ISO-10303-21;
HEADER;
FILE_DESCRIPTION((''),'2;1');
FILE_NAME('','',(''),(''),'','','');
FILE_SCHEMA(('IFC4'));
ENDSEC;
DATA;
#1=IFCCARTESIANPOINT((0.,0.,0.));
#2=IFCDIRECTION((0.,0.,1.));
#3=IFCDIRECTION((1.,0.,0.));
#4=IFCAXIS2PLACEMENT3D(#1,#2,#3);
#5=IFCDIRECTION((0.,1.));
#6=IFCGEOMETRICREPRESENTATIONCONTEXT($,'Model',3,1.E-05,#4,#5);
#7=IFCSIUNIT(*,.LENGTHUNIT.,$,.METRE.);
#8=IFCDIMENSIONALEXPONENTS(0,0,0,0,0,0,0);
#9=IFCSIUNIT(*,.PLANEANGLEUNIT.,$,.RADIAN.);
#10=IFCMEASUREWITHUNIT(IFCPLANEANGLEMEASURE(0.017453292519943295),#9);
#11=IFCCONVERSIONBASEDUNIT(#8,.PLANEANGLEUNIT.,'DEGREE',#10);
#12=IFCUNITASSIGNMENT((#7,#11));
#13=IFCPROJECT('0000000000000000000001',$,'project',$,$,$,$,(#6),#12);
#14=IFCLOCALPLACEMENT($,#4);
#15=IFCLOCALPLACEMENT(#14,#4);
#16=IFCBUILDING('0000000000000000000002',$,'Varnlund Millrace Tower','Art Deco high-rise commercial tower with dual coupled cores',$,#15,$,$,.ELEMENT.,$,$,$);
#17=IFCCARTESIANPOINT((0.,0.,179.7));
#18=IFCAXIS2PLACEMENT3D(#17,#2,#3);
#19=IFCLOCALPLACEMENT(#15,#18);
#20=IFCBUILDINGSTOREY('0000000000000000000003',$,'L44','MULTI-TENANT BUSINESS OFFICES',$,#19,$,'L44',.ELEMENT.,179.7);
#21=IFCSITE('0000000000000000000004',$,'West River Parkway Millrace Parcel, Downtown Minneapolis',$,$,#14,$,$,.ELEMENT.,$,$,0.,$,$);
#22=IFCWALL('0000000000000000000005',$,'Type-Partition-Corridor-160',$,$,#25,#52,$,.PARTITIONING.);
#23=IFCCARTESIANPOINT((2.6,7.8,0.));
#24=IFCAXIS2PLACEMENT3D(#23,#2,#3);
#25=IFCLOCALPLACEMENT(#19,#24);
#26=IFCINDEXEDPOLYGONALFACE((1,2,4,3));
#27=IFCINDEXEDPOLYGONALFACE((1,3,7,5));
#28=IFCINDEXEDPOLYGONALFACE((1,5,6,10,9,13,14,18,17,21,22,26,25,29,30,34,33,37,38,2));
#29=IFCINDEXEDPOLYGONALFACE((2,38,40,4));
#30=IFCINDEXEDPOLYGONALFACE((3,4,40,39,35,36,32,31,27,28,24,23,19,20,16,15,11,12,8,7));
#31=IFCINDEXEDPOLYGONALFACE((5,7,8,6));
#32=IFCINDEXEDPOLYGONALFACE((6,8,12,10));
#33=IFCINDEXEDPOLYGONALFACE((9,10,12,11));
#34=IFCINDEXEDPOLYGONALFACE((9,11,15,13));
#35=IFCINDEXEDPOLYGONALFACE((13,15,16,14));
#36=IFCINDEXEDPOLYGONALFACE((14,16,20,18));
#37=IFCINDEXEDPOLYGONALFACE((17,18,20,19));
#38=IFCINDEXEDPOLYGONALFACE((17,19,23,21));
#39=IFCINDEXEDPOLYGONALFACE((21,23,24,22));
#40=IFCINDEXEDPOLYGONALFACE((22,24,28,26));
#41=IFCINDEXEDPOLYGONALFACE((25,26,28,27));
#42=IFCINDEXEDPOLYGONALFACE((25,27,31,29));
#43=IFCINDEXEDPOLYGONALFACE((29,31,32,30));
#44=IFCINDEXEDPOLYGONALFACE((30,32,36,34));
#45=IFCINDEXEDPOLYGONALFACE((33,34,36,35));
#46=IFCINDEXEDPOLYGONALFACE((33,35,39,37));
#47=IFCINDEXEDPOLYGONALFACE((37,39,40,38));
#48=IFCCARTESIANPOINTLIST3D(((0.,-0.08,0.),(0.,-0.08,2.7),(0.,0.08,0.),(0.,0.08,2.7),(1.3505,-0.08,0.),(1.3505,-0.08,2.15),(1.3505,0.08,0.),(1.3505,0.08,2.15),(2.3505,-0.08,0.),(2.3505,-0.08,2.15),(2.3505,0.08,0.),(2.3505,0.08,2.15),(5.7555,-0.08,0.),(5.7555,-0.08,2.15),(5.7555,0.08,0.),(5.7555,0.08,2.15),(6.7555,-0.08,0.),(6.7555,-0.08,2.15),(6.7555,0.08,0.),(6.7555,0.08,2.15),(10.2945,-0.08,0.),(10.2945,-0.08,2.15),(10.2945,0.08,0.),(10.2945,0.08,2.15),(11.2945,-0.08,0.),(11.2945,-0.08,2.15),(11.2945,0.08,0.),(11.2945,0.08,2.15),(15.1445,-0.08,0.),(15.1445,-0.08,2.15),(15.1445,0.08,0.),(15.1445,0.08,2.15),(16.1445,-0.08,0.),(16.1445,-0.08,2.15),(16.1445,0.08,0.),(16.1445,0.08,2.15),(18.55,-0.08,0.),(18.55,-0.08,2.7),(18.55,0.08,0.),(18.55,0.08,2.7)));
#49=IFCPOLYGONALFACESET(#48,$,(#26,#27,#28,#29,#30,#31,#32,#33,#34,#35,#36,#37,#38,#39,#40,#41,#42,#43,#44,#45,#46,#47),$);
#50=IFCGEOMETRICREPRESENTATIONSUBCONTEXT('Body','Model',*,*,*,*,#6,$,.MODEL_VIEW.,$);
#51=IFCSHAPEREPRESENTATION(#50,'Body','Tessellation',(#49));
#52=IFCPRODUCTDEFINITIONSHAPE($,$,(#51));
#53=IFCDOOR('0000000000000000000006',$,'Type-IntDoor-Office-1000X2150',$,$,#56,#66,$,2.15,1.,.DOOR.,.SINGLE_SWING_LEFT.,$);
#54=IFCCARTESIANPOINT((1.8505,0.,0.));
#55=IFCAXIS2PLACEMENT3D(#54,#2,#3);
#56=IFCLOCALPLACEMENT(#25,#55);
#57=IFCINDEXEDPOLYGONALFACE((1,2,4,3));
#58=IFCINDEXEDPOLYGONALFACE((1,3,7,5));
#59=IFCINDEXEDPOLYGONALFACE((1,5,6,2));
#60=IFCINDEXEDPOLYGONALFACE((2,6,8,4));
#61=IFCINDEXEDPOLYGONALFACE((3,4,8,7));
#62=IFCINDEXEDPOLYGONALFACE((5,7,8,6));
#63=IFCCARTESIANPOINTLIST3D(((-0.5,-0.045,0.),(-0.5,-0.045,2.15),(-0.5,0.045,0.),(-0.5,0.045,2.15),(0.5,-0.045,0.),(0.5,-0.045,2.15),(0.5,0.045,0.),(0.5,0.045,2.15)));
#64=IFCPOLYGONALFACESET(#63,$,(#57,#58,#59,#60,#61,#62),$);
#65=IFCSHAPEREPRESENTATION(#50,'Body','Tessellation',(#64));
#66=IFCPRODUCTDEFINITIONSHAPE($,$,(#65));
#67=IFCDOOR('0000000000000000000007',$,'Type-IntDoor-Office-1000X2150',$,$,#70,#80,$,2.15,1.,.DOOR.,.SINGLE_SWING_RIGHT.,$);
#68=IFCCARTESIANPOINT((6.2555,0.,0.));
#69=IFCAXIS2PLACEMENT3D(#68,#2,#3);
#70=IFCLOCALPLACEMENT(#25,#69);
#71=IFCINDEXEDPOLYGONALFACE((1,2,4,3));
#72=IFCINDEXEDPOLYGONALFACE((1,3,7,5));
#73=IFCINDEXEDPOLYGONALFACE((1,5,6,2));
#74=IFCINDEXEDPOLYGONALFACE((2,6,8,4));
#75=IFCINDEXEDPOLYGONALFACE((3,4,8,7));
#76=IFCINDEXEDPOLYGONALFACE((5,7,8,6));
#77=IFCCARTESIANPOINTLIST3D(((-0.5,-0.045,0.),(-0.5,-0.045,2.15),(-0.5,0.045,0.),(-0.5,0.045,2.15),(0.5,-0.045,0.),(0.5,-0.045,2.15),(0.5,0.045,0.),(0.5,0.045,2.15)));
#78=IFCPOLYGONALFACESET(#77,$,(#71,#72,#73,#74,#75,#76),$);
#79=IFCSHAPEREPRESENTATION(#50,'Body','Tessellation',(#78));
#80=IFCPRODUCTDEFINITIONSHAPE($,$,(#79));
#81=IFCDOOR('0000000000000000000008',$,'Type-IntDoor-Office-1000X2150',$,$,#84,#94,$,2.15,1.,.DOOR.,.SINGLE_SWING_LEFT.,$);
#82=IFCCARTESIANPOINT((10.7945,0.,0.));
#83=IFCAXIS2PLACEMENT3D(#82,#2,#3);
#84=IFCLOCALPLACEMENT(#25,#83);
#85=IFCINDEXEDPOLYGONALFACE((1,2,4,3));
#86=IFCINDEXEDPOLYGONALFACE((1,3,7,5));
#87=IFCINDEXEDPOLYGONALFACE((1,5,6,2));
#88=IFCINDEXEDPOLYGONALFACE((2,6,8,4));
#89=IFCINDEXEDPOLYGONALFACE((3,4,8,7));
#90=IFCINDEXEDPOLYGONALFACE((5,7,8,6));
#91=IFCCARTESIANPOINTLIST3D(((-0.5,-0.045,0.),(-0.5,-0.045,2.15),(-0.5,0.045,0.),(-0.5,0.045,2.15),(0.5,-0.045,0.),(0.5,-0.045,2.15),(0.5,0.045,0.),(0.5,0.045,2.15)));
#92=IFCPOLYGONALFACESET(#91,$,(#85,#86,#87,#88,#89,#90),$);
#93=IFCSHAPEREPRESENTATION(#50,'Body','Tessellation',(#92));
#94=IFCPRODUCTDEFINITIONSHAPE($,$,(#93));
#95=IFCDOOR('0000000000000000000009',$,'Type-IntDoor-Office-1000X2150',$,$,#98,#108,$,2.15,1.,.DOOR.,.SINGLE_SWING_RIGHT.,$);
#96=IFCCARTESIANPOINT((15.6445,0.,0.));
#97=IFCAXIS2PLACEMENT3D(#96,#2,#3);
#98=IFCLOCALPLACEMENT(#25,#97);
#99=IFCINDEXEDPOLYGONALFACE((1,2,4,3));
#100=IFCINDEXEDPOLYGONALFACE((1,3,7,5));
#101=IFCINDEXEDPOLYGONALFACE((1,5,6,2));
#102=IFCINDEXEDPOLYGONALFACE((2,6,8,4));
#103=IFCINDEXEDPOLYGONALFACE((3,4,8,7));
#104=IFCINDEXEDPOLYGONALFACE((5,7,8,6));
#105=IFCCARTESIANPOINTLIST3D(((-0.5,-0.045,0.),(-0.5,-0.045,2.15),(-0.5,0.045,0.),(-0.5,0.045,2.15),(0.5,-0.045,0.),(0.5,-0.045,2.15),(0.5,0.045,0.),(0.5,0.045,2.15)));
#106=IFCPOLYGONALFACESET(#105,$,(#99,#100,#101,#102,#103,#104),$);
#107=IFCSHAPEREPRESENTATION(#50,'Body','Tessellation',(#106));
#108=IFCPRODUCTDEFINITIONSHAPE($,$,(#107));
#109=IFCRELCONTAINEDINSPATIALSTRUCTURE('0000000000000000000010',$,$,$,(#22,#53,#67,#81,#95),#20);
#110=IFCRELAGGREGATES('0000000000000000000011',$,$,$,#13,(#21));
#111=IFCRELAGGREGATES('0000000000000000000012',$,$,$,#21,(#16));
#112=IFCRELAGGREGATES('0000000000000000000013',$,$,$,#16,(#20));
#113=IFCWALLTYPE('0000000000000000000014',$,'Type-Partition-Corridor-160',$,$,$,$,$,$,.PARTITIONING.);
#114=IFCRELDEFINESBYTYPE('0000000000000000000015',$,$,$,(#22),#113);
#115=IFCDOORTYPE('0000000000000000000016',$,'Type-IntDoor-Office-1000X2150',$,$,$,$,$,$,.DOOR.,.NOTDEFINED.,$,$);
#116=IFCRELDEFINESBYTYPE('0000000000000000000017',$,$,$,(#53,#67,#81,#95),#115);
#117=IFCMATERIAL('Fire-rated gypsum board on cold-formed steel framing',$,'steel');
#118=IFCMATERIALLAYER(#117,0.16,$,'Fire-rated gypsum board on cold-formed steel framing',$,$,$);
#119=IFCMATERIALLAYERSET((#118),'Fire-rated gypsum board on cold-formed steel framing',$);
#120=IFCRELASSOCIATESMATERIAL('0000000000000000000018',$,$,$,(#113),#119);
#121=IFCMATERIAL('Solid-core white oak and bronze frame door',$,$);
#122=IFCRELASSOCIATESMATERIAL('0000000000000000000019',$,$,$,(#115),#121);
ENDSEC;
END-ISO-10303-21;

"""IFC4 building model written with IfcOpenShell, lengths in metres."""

from ifc_helpers import new_model, entity, si_unit, converted_unit, direction, frame, origin_with_axes, origin_2d_with_axis, place, context, subcontext, project, spatial, polyline, rectangle, outline, extrude, material, layer, layer_set, type_object, element, fill, save


model = new_model("IFC4")

# Units and contexts
model_context = context("Model", 3, precision=1e-05, world=origin_with_axes(), true_north=direction((0.0, 1.0)))
body_context = subcontext(model_context, "Body", "Model", "MODEL_VIEW")
ifc_project = project(units=[si_unit("LENGTHUNIT", "METRE"), converted_unit("PLANEANGLEUNIT", "DEGREE", entity("IfcPlaneAngleMeasure", 0.017453292519943295), si_unit("PLANEANGLEUNIT", "RADIAN"), dimensions=[0, 0, 0, 0, 0, 0, 0])], contexts=[model_context])

# Site, building, storey
site_placement = place(None, origin_with_axes())
site = spatial("IfcSite", under=ifc_project, at=site_placement, Name="West River Parkway Millrace Parcel, Downtown Minneapolis", CompositionType="ELEMENT", RefElevation=0.0)
building_placement = place(site_placement, origin_with_axes())
building = spatial("IfcBuilding", under=site, at=building_placement, Name="Varnlund Millrace Tower", Description="Art Deco high-rise commercial tower with dual coupled cores", CompositionType="ELEMENT")
storey_placement = place(building_placement, frame((0.0, 0.0, 179.7), z_axis=(0.0, 0.0, 1.0), x_axis=(1.0, 0.0, 0.0)))
storey = spatial("IfcBuildingStorey", under=building, at=storey_placement, Name="L44", Description="MULTI-TENANT BUSINESS OFFICES", LongName="L44", CompositionType="ELEMENT", Elevation=179.7)

# Shared definitions
ifc_material_1 = material(Name="Fire-rated gypsum board on cold-formed steel framing", Category="steel")
ifc_layer_1 = layer(ifc_material_1, 0.16, Name="Fire-rated gypsum board on cold-formed steel framing")
ifc_layer_set_1 = layer_set([ifc_layer_1], Name="Fire-rated gypsum board on cold-formed steel framing")
wall_type_1 = type_object("IfcWallType", Name="Type-Partition-Corridor-160", PredefinedType="PARTITIONING", material=ifc_layer_set_1)

# Wall, openings, doors
wall_1_placement = place(storey_placement, frame((2.6, 7.8, 0.0), z_axis=(0.0, 0.0, 1.0), x_axis=(1.0, 0.0, 0.0)))
wall_1 = element("IfcWall", 1, at=wall_1_placement, inside=storey, type_object=wall_type_1, Name="Type-Partition-Corridor-160", PredefinedType="PARTITIONING", context=body_context, shape_type="SweptSolid", body=[
    extrude(outline(polyline([(0.0, -0.08), (18.55, -0.08), (18.55, 0.08), (0.0, 0.08), (0.0, -0.08)])), origin_with_axes(), (0.0, 0.0, 1.0), 2.7),
])
opening_1_placement = place(wall_1_placement, frame((1.8505, 0.0, 0.0), z_axis=(0.0, 0.0, 1.0), x_axis=(1.0, 0.0, 0.0)))
opening_1 = element("IfcOpeningElement", 2, at=opening_1_placement, cuts=wall_1, PredefinedType="OPENING", context=body_context, shape_type="SweptSolid", body=[
    extrude(rectangle(XDim=1.0, YDim=0.18, at=origin_2d_with_axis()), origin_with_axes(), (0.0, 0.0, 1.0), 2.15),
])
opening_2_placement = place(wall_1_placement, frame((6.2555, 0.0, 0.0), z_axis=(0.0, 0.0, 1.0), x_axis=(1.0, 0.0, 0.0)))
opening_2 = element("IfcOpeningElement", 3, at=opening_2_placement, cuts=wall_1, PredefinedType="OPENING", context=body_context, shape_type="SweptSolid", body=[
    extrude(rectangle(XDim=1.0, YDim=0.18, at=origin_2d_with_axis()), origin_with_axes(), (0.0, 0.0, 1.0), 2.15),
])
opening_3_placement = place(wall_1_placement, frame((10.7945, 0.0, 0.0), z_axis=(0.0, 0.0, 1.0), x_axis=(1.0, 0.0, 0.0)))
opening_3 = element("IfcOpeningElement", 4, at=opening_3_placement, cuts=wall_1, PredefinedType="OPENING", context=body_context, shape_type="SweptSolid", body=[
    extrude(rectangle(XDim=1.0, YDim=0.18, at=origin_2d_with_axis()), origin_with_axes(), (0.0, 0.0, 1.0), 2.15),
])
opening_4_placement = place(wall_1_placement, frame((15.6445, 0.0, 0.0), z_axis=(0.0, 0.0, 1.0), x_axis=(1.0, 0.0, 0.0)))
opening_4 = element("IfcOpeningElement", 5, at=opening_4_placement, cuts=wall_1, PredefinedType="OPENING", context=body_context, shape_type="SweptSolid", body=[
    extrude(rectangle(XDim=1.0, YDim=0.18, at=origin_2d_with_axis()), origin_with_axes(), (0.0, 0.0, 1.0), 2.15),
])
ifc_material_2 = material(Name="Solid-core white oak and bronze frame door")
door_type_1 = type_object("IfcDoorType", Name="Type-IntDoor-Office-1000X2150", OperationType="NOTDEFINED", PredefinedType="DOOR", material=ifc_material_2)
door_1_placement = place(wall_1_placement, frame((1.8505, 0.0, 0.0), z_axis=(0.0, 0.0, 1.0), x_axis=(1.0, 0.0, 0.0)))
door_1 = element("IfcDoor", 6, at=door_1_placement, inside=storey, type_object=door_type_1, Name="Type-IntDoor-Office-1000X2150", OperationType="SINGLE_SWING_LEFT", OverallHeight=2.15, OverallWidth=1.0, PredefinedType="DOOR", context=body_context, shape_type="SweptSolid", body=[
    extrude(rectangle(XDim=1.0, YDim=0.09, at=origin_2d_with_axis()), origin_with_axes(), (0.0, 0.0, 1.0), 2.15),
])
fill(opening_1, door_1)
door_2_placement = place(wall_1_placement, frame((6.2555, 0.0, 0.0), z_axis=(0.0, 0.0, 1.0), x_axis=(1.0, 0.0, 0.0)))
door_2 = element("IfcDoor", 7, at=door_2_placement, inside=storey, type_object=door_type_1, Name="Type-IntDoor-Office-1000X2150", OperationType="SINGLE_SWING_RIGHT", OverallHeight=2.15, OverallWidth=1.0, PredefinedType="DOOR", context=body_context, shape_type="SweptSolid", body=[
    extrude(rectangle(XDim=1.0, YDim=0.09, at=origin_2d_with_axis()), origin_with_axes(), (0.0, 0.0, 1.0), 2.15),
])
fill(opening_2, door_2)
door_3_placement = place(wall_1_placement, frame((10.7945, 0.0, 0.0), z_axis=(0.0, 0.0, 1.0), x_axis=(1.0, 0.0, 0.0)))
door_3 = element("IfcDoor", 8, at=door_3_placement, inside=storey, type_object=door_type_1, Name="Type-IntDoor-Office-1000X2150", OperationType="SINGLE_SWING_LEFT", OverallHeight=2.15, OverallWidth=1.0, PredefinedType="DOOR", context=body_context, shape_type="SweptSolid", body=[
    extrude(rectangle(XDim=1.0, YDim=0.09, at=origin_2d_with_axis()), origin_with_axes(), (0.0, 0.0, 1.0), 2.15),
])
fill(opening_3, door_3)
door_4_placement = place(wall_1_placement, frame((15.6445, 0.0, 0.0), z_axis=(0.0, 0.0, 1.0), x_axis=(1.0, 0.0, 0.0)))
door_4 = element("IfcDoor", 9, at=door_4_placement, inside=storey, type_object=door_type_1, Name="Type-IntDoor-Office-1000X2150", OperationType="SINGLE_SWING_RIGHT", OverallHeight=2.15, OverallWidth=1.0, PredefinedType="DOOR", context=body_context, shape_type="SweptSolid", body=[
    extrude(rectangle(XDim=1.0, YDim=0.09, at=origin_2d_with_axis()), origin_with_axes(), (0.0, 0.0, 1.0), 2.15),
])
fill(opening_4, door_4)

save(model, "model.ifc")
